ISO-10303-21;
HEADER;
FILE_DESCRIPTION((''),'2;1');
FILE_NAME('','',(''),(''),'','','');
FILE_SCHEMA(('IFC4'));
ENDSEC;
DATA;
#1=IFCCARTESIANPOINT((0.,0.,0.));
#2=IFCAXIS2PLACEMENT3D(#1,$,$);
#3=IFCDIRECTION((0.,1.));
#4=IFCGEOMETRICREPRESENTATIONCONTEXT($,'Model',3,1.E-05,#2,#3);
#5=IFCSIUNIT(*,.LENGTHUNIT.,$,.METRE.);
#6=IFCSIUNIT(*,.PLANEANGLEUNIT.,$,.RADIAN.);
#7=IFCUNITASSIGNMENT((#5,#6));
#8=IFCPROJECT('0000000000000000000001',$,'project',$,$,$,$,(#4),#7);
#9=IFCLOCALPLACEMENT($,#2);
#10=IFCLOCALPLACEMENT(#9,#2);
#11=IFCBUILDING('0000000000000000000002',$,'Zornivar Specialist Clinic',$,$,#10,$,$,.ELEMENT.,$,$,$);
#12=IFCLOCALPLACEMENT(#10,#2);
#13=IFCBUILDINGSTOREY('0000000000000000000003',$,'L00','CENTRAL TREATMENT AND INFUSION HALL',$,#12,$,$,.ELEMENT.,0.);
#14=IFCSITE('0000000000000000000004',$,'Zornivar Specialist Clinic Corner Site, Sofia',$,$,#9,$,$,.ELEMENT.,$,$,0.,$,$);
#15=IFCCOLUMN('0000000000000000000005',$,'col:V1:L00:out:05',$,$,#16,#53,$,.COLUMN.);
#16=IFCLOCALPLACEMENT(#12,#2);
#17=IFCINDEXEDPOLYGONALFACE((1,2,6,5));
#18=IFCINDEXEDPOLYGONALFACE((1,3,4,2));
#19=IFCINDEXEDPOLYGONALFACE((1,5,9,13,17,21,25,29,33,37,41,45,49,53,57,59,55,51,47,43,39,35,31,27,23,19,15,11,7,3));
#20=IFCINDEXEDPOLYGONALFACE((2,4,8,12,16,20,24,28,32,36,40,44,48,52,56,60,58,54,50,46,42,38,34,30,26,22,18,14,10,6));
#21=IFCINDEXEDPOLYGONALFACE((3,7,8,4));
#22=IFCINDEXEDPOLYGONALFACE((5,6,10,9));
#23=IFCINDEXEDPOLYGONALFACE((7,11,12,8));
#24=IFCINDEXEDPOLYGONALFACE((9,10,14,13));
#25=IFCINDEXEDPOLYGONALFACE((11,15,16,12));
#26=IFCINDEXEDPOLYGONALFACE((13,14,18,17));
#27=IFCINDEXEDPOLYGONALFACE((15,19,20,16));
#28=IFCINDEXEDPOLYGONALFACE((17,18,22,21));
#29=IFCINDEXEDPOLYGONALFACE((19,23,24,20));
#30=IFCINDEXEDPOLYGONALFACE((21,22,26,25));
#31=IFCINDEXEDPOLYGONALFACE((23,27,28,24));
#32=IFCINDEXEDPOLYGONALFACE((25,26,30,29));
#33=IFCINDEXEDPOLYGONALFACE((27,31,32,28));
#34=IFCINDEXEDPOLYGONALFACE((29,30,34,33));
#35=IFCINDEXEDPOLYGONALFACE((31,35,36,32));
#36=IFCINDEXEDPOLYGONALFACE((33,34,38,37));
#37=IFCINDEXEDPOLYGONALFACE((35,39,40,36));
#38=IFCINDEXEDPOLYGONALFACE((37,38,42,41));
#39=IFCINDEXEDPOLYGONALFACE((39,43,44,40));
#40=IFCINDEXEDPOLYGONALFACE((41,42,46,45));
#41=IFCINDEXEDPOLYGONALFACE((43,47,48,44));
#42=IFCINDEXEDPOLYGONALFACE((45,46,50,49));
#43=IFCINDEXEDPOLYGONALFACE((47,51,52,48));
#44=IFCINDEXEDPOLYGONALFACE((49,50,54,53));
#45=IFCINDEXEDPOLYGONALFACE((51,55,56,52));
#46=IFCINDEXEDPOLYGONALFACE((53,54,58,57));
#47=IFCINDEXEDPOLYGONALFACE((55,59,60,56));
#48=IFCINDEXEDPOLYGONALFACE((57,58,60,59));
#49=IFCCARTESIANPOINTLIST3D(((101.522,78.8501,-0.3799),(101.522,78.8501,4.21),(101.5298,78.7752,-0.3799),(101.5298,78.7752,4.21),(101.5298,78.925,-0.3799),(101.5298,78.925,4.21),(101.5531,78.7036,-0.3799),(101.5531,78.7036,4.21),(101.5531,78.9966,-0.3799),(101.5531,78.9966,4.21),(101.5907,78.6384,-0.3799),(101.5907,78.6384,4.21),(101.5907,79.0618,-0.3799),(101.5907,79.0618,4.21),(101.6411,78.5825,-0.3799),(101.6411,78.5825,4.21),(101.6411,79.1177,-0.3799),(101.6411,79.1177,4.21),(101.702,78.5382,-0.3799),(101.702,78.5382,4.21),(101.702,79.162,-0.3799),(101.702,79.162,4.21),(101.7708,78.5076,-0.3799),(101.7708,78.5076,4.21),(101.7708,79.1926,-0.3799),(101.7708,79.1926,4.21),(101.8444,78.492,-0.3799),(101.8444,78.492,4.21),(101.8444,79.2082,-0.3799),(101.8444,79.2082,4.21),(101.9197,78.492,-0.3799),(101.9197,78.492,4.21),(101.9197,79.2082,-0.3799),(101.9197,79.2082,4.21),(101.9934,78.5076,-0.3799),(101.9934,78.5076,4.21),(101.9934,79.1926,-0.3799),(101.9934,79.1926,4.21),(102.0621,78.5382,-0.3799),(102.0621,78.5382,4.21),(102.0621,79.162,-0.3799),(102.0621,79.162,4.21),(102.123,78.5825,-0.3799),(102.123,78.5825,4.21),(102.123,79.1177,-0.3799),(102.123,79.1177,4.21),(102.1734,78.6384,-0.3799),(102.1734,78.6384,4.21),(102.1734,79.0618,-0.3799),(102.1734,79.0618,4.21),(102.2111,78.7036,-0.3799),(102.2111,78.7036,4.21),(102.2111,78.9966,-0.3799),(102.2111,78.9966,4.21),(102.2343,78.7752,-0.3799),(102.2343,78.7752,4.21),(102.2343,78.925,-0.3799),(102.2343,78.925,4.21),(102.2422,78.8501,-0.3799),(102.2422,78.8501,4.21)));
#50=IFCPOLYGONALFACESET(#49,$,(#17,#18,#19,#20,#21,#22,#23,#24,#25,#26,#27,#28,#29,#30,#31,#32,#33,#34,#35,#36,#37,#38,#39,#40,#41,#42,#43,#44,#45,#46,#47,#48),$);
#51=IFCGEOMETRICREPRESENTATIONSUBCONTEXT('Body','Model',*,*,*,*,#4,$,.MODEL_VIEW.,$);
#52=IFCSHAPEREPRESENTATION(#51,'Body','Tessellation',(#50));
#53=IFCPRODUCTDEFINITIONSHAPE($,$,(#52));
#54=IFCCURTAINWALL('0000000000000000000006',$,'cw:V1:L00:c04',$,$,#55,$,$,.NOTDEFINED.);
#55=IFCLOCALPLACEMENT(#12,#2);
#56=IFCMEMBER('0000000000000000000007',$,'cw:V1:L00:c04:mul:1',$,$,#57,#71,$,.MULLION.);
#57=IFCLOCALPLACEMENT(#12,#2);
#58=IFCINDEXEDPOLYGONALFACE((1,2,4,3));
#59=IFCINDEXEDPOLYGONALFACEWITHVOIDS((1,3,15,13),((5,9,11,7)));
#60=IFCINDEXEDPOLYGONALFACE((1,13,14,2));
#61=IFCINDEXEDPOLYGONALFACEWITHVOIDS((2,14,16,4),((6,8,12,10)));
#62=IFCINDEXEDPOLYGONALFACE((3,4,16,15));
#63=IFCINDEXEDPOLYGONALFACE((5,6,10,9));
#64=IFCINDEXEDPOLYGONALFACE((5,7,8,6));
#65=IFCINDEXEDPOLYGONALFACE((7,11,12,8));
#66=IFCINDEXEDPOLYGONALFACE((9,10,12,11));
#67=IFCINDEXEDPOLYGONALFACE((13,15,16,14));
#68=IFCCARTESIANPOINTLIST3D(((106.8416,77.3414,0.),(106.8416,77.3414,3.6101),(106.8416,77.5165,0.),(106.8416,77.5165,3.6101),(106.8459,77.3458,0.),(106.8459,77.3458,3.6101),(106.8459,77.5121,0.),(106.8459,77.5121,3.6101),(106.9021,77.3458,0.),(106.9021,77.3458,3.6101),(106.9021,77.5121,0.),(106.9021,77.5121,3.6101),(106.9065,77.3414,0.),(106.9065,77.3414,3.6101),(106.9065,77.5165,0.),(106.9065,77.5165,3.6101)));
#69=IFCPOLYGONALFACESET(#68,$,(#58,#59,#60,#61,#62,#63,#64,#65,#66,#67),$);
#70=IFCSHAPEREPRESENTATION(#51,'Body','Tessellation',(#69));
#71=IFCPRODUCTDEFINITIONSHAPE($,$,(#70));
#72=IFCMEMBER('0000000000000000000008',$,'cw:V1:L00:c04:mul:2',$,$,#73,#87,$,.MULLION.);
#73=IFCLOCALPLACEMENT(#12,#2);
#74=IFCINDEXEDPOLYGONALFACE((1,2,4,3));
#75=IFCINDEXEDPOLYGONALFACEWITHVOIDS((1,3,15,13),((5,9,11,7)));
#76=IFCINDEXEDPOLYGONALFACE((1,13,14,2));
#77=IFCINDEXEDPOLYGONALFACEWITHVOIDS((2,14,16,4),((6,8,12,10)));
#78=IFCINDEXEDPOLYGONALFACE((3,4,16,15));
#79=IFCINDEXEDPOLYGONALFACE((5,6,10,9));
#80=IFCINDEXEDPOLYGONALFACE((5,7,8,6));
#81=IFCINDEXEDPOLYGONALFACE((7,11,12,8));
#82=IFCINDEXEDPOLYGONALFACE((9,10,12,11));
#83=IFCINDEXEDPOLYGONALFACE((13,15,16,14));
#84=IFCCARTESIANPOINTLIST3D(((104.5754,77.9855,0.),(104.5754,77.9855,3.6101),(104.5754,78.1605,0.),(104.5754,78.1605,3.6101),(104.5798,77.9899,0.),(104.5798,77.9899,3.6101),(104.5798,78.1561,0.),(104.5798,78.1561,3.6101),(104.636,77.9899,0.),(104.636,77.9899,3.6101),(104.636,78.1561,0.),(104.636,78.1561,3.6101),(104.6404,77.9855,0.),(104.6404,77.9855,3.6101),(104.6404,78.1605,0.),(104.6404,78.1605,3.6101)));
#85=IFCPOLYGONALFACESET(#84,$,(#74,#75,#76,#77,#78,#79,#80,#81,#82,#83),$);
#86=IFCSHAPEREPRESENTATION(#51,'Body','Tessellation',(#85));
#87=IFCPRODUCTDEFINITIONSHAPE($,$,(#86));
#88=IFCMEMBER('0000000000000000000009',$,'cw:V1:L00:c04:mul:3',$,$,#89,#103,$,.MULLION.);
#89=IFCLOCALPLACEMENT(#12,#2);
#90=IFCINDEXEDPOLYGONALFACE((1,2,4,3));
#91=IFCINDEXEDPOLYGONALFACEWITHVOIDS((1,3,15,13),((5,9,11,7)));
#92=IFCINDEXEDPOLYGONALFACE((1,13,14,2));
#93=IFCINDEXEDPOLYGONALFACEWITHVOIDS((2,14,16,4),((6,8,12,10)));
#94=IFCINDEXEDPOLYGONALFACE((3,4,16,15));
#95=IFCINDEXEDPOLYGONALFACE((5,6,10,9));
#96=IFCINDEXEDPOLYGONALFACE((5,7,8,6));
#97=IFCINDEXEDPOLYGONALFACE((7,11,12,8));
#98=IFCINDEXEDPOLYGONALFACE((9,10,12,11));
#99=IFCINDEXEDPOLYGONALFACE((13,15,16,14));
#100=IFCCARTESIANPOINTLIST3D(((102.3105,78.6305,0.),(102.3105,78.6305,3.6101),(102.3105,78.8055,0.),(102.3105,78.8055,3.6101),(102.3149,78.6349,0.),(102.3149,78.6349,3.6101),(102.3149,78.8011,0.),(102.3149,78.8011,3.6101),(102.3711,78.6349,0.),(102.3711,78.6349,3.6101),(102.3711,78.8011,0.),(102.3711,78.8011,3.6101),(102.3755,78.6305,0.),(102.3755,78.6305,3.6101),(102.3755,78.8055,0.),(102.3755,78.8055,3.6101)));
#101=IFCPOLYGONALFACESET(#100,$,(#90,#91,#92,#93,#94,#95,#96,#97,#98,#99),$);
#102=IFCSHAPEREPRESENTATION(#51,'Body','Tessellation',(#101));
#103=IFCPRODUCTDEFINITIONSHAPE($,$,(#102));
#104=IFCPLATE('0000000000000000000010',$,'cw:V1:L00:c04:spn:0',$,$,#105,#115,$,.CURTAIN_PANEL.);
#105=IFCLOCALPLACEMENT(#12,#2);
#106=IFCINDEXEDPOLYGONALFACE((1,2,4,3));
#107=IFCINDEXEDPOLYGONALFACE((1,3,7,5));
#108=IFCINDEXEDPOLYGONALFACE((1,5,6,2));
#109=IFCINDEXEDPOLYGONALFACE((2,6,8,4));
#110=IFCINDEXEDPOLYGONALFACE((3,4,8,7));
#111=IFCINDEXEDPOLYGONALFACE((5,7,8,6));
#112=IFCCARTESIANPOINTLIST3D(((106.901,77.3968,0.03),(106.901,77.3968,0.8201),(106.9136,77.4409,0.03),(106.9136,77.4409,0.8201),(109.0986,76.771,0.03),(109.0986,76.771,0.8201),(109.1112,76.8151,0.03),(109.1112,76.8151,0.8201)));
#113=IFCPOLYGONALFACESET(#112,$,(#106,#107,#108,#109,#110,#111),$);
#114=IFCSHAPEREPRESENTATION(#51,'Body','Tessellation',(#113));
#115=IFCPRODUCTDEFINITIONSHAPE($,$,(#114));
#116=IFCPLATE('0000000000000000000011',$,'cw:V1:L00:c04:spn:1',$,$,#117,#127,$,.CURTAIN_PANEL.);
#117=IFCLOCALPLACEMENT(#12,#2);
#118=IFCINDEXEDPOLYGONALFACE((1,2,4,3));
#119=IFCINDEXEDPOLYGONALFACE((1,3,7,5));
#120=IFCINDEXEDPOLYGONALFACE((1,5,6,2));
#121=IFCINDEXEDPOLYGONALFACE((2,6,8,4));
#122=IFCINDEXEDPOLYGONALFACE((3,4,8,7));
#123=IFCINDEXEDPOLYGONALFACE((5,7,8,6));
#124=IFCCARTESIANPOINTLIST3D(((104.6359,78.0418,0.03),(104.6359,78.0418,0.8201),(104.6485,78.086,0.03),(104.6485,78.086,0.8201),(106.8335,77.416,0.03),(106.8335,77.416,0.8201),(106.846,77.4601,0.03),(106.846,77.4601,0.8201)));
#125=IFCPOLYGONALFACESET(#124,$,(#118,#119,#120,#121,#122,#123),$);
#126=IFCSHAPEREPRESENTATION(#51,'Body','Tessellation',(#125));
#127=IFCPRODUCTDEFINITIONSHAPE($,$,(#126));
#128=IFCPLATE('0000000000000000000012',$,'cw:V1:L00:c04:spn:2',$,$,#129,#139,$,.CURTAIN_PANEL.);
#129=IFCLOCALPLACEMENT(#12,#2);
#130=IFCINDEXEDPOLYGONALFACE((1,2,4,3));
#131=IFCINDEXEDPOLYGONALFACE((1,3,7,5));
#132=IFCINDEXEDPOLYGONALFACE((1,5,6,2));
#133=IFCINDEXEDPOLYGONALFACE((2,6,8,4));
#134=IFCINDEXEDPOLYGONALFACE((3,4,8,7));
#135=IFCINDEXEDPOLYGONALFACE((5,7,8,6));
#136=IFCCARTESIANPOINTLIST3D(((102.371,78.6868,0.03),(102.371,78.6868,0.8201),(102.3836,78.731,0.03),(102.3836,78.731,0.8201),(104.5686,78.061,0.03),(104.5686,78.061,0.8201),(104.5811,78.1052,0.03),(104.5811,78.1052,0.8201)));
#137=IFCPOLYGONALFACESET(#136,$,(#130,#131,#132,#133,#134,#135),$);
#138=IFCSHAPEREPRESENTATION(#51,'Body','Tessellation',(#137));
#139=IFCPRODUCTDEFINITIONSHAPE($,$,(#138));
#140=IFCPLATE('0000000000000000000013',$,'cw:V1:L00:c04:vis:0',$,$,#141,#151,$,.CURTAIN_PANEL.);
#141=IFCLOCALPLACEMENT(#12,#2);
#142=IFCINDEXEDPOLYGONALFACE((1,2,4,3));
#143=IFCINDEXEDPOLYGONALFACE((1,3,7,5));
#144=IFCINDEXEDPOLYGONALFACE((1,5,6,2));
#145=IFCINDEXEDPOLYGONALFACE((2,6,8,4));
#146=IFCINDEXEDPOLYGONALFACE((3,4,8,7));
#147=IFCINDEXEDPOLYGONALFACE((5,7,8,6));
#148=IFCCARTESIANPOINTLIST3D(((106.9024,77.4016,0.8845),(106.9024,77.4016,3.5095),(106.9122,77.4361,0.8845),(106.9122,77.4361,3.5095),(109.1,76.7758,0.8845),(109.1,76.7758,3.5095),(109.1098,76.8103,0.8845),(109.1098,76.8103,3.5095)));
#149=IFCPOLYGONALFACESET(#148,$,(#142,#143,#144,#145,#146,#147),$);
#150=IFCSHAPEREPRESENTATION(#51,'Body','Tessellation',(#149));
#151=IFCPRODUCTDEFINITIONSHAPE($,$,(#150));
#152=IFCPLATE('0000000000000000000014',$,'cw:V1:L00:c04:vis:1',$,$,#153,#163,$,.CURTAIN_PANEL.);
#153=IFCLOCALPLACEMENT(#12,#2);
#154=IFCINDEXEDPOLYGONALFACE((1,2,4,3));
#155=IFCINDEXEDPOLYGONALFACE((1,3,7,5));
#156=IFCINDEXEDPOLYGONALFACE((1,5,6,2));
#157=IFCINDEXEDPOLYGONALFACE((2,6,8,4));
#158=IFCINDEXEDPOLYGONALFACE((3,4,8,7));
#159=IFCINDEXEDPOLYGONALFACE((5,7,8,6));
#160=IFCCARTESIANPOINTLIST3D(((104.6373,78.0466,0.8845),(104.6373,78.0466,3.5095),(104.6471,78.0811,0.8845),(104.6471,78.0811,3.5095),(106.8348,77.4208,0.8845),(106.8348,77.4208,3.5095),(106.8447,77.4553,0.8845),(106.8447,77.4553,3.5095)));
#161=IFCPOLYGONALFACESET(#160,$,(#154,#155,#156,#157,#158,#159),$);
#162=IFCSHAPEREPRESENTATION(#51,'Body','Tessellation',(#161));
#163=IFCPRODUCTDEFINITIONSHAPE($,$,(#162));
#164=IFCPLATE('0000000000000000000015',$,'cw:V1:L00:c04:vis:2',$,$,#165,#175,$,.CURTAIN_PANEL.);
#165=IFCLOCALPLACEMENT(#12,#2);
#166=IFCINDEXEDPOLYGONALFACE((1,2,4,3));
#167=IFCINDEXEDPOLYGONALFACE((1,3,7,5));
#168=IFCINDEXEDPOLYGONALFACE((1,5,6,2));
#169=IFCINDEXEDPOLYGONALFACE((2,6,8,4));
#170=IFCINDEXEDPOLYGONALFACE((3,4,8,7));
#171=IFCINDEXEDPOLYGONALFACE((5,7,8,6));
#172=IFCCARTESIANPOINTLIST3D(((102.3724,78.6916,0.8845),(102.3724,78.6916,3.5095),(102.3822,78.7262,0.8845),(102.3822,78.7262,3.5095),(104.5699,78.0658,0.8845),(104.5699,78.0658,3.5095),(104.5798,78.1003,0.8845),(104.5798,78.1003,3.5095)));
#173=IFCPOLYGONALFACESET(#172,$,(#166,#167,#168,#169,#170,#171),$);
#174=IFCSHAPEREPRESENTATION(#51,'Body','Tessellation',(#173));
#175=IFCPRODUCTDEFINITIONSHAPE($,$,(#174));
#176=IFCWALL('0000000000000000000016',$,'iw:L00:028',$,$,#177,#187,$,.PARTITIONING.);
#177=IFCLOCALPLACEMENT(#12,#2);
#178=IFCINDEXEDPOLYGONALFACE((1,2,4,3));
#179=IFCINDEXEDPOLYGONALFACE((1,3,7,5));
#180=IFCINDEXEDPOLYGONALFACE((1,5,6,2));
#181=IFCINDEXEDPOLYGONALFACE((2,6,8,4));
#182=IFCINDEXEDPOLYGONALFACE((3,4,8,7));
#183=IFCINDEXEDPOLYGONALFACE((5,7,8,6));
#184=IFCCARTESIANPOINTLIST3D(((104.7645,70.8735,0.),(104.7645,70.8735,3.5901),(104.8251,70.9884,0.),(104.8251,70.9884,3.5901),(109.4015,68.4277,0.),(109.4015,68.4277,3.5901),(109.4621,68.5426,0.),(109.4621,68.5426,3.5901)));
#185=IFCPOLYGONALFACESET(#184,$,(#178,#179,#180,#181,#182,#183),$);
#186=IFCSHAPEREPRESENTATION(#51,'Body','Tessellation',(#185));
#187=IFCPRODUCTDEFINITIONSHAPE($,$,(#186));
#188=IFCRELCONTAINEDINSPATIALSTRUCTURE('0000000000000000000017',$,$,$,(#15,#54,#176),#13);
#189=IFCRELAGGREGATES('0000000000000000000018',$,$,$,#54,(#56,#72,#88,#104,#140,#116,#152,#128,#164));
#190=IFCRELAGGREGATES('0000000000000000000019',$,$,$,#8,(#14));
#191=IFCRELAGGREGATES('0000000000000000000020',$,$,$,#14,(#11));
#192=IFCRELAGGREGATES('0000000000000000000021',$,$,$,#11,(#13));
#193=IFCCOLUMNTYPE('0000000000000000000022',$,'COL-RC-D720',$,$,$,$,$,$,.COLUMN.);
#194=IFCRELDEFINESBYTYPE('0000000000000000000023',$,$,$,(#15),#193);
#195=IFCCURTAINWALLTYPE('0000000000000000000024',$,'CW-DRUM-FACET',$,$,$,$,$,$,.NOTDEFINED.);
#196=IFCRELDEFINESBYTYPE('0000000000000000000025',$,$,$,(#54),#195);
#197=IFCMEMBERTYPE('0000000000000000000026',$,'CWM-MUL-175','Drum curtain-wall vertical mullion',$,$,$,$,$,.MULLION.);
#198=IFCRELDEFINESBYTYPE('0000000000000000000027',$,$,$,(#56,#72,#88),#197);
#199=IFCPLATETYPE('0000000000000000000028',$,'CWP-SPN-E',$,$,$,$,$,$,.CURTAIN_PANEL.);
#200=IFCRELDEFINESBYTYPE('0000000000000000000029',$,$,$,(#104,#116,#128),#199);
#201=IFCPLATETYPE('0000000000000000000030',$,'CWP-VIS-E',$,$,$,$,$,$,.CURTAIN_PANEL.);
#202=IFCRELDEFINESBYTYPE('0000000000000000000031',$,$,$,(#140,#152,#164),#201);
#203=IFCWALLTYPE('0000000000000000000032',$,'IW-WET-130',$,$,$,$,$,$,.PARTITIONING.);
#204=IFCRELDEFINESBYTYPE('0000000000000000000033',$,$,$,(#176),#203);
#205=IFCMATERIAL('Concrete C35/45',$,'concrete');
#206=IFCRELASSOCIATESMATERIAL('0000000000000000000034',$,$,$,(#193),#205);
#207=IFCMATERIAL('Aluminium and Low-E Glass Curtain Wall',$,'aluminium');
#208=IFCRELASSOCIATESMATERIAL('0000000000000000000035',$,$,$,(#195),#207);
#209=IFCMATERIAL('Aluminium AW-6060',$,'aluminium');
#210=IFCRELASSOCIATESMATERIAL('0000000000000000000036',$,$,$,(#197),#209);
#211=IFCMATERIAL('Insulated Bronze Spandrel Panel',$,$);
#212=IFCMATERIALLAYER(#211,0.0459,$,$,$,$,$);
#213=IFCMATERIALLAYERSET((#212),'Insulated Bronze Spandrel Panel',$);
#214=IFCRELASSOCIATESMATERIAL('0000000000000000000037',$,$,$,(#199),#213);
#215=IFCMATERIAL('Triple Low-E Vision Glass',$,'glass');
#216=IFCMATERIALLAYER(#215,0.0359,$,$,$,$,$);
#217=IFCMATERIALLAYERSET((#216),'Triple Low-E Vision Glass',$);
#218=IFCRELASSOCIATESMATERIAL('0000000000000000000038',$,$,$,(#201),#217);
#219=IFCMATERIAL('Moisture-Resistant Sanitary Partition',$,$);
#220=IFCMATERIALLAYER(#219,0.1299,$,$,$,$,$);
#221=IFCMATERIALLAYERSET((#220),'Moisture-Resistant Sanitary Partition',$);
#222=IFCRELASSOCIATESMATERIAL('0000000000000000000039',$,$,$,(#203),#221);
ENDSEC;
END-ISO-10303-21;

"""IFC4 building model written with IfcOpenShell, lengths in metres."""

from ifc_helpers import new_model, si_unit, direction, frame, frame_2d, origin, origin_2d, place, context, subcontext, project, spatial, rectangle, hollow_rectangle, circle, extrude, material, layer, layer_set, material_profile, profile_set, type_object, element, aggregate, save


model = new_model("IFC4")

# Units and contexts
model_context = context("Model", 3, precision=1e-05, world=origin(), true_north=direction((0.0, 1.0)))
body_context = subcontext(model_context, "Body", "Model", "MODEL_VIEW")
ifc_project = project(units=[si_unit("LENGTHUNIT", "METRE"), si_unit("PLANEANGLEUNIT", "RADIAN")], contexts=[model_context])

# Site, building, storey
site_placement = place(None, origin())
site = spatial("IfcSite", under=ifc_project, at=site_placement, Name="Zornivar Specialist Clinic Corner Site, Sofia", CompositionType="ELEMENT", RefElevation=0.0)
building_placement = place(site_placement, origin())
building = spatial("IfcBuilding", under=site, at=building_placement, Name="Zornivar Specialist Clinic", CompositionType="ELEMENT")
storey_placement = place(building_placement, origin())
storey = spatial("IfcBuildingStorey", under=building, at=storey_placement, Name="L00", Description="CENTRAL TREATMENT AND INFUSION HALL", CompositionType="ELEMENT", Elevation=0.0)

# Column
ifc_material_1 = material(Name="Concrete C35/45", Category="concrete")
ifc_material_profile_1 = material_profile(ifc_material_1, circle(Radius=0.3601, at=origin_2d()), Name="RC D720")
ifc_profile_set_1 = profile_set([ifc_material_profile_1], Name="Concrete C35/45")
column_type = type_object("IfcColumnType", Name="COL-RC-D720", PredefinedType="COLUMN", material=ifc_profile_set_1)
column_placement = place(storey_placement, frame((101.8821, 78.8501, -0.3799), z_axis=(0.0, 0.0, 1.0), x_axis=(1.0, 0.0, 0.0)))
element("IfcColumn", 1, at=column_placement, inside=storey, type_object=column_type, Name="col:V1:L00:out:05", PredefinedType="COLUMN", context=body_context, shape_type="SweptSolid", body=[
    extrude(circle(Radius=0.3601, at=origin_2d()), origin(), (0.0, 0.0, 1.0), 4.5898),
])

# Curtain wall, members, plates
ifc_material_2 = material(Name="Aluminium and Low-E Glass Curtain Wall", Category="aluminium")
curtain_wall_type = type_object("IfcCurtainWallType", Name="CW-DRUM-FACET", PredefinedType="NOTDEFINED", material=ifc_material_2)
curtain_wall_placement = place(storey_placement, origin())
curtain_wall = element("IfcCurtainWall", 2, at=curtain_wall_placement, inside=storey, type_object=curtain_wall_type, Name="cw:V1:L00:c04", PredefinedType="NOTDEFINED")
ifc_material_3 = material(Name="Aluminium AW-6060", Category="aluminium")
ifc_material_profile_2 = material_profile(ifc_material_3, hollow_rectangle(XDim=0.0649, YDim=0.175, WallThickness=0.0044, at=origin_2d()), Name="ALU 65x175x4.5")
ifc_profile_set_2 = profile_set([ifc_material_profile_2], Name="Aluminium AW-6060")
member_type = type_object("IfcMemberType", Name="CWM-MUL-175", Description="Drum curtain-wall vertical mullion", PredefinedType="MULLION", material=ifc_profile_set_2)
member_1_placement = place(storey_placement, frame((106.874, 77.429, 0.0), z_axis=(0.0, 0.0, 1.0), x_axis=(1.0, 0.0, 0.0)))
member_1 = element("IfcMember", 3, at=member_1_placement, type_object=member_type, Name="cw:V1:L00:c04:mul:1", PredefinedType="MULLION", context=body_context, shape_type="SweptSolid", body=[
    extrude(hollow_rectangle(XDim=0.0649, YDim=0.175, WallThickness=0.0044, at=origin_2d()), origin(), (0.0, 0.0, 1.0), 3.6101),
])
member_2_placement = place(storey_placement, frame((104.6079, 78.073, 0.0), z_axis=(0.0, 0.0, 1.0), x_axis=(1.0, 0.0, 0.0)))
member_2 = element("IfcMember", 4, at=member_2_placement, type_object=member_type, Name="cw:V1:L00:c04:mul:2", PredefinedType="MULLION", context=body_context, shape_type="SweptSolid", body=[
    extrude(hollow_rectangle(XDim=0.0649, YDim=0.175, WallThickness=0.0044, at=origin_2d()), origin(), (0.0, 0.0, 1.0), 3.6101),
])
member_3_placement = place(storey_placement, frame((102.343, 78.718, 0.0), z_axis=(0.0, 0.0, 1.0), x_axis=(1.0, 0.0, 0.0)))
member_3 = element("IfcMember", 5, at=member_3_placement, type_object=member_type, Name="cw:V1:L00:c04:mul:3", PredefinedType="MULLION", context=body_context, shape_type="SweptSolid", body=[
    extrude(hollow_rectangle(XDim=0.0649, YDim=0.175, WallThickness=0.0044, at=origin_2d()), origin(), (0.0, 0.0, 1.0), 3.6101),
])
ifc_material_4 = material(Name="Insulated Bronze Spandrel Panel")
ifc_layer_1 = layer(ifc_material_4, 0.0459)
ifc_layer_set_1 = layer_set([ifc_layer_1], Name="Insulated Bronze Spandrel Panel")
plate_type_1 = type_object("IfcPlateType", Name="CWP-SPN-E", PredefinedType="CURTAIN_PANEL", material=ifc_layer_set_1)
plate_1_placement = place(storey_placement, frame((108.0061, 77.106, 0.03), z_axis=(0.0, 0.0, 1.0), x_axis=(-0.961761, 0.273889, 0.0)))
plate_1 = element("IfcPlate", 6, at=plate_1_placement, type_object=plate_type_1, Name="cw:V1:L00:c04:spn:0", PredefinedType="CURTAIN_PANEL", context=body_context, shape_type="SweptSolid", body=[
    extrude(rectangle(XDim=2.2849, YDim=0.0459, at=origin_2d()), origin(), (0.0, 0.0, 1.0), 0.79),
])
plate_2_placement = place(storey_placement, frame((105.741, 77.751, 0.03), z_axis=(0.0, 0.0, 1.0), x_axis=(-0.961761, 0.273889, 0.0)))
plate_2 = element("IfcPlate", 7, at=plate_2_placement, type_object=plate_type_1, Name="cw:V1:L00:c04:spn:1", PredefinedType="CURTAIN_PANEL", context=body_context, shape_type="SweptSolid", body=[
    extrude(rectangle(XDim=2.2849, YDim=0.0459, at=origin_2d()), origin(), (0.0, 0.0, 1.0), 0.79),
])
plate_3_placement = place(storey_placement, frame((103.4761, 78.396, 0.03), z_axis=(0.0, 0.0, 1.0), x_axis=(-0.961761, 0.273889, 0.0)))
plate_3 = element("IfcPlate", 8, at=plate_3_placement, type_object=plate_type_1, Name="cw:V1:L00:c04:spn:2", PredefinedType="CURTAIN_PANEL", context=body_context, shape_type="SweptSolid", body=[
    extrude(rectangle(XDim=2.2849, YDim=0.0459, at=origin_2d()), origin(), (0.0, 0.0, 1.0), 0.79),
])
ifc_material_5 = material(Name="Triple Low-E Vision Glass", Category="glass")
ifc_layer_2 = layer(ifc_material_5, 0.0359)
ifc_layer_set_2 = layer_set([ifc_layer_2], Name="Triple Low-E Vision Glass")
plate_type_2 = type_object("IfcPlateType", Name="CWP-VIS-E", PredefinedType="CURTAIN_PANEL", material=ifc_layer_set_2)
plate_4_placement = place(storey_placement, frame((108.0061, 77.106, 0.8845), z_axis=(0.0, 0.0, 1.0), x_axis=(-0.961761, 0.273889, 0.0)))
plate_4 = element("IfcPlate", 9, at=plate_4_placement, type_object=plate_type_2, Name="cw:V1:L00:c04:vis:0", PredefinedType="CURTAIN_PANEL", context=body_context, shape_type="SweptSolid", body=[
    extrude(rectangle(XDim=2.2849, YDim=0.0359, at=origin_2d()), origin(), (0.0, 0.0, 1.0), 2.625),
])
plate_5_placement = place(storey_placement, frame((105.741, 77.751, 0.8845), z_axis=(0.0, 0.0, 1.0), x_axis=(-0.961761, 0.273889, 0.0)))
plate_5 = element("IfcPlate", 10, at=plate_5_placement, type_object=plate_type_2, Name="cw:V1:L00:c04:vis:1", PredefinedType="CURTAIN_PANEL", context=body_context, shape_type="SweptSolid", body=[
    extrude(rectangle(XDim=2.2849, YDim=0.0359, at=origin_2d()), origin(), (0.0, 0.0, 1.0), 2.625),
])
plate_6_placement = place(storey_placement, frame((103.4761, 78.396, 0.8845), z_axis=(0.0, 0.0, 1.0), x_axis=(-0.961761, 0.273889, 0.0)))
plate_6 = element("IfcPlate", 11, at=plate_6_placement, type_object=plate_type_2, Name="cw:V1:L00:c04:vis:2", PredefinedType="CURTAIN_PANEL", context=body_context, shape_type="SweptSolid", body=[
    extrude(rectangle(XDim=2.2849, YDim=0.0359, at=origin_2d()), origin(), (0.0, 0.0, 1.0), 2.625),
])
aggregate(curtain_wall, [member_1, member_2, member_3, plate_1, plate_4, plate_2, plate_5, plate_3, plate_6])

# Wall
ifc_material_6 = material(Name="Moisture-Resistant Sanitary Partition")
ifc_layer_3 = layer(ifc_material_6, 0.1299)
ifc_layer_set_3 = layer_set([ifc_layer_3], Name="Moisture-Resistant Sanitary Partition")
wall_type = type_object("IfcWallType", Name="IW-WET-130", PredefinedType="PARTITIONING", material=ifc_layer_set_3)
wall_placement = place(storey_placement, frame((104.7949, 70.9309, 0.0), z_axis=(0.0, 0.0, 1.0), x_axis=(0.884502, -0.466537, 0.0)))
element("IfcWall", 12, at=wall_placement, inside=storey, type_object=wall_type, Name="iw:L00:028", PredefinedType="PARTITIONING", context=body_context, shape_type="SweptSolid", body=[
    extrude(rectangle(XDim=5.2424, YDim=0.1299, at=frame_2d((2.6211, 0.0))), origin(), (0.0, 0.0, 1.0), 3.5901),
])

save(model, "model.ifc")
